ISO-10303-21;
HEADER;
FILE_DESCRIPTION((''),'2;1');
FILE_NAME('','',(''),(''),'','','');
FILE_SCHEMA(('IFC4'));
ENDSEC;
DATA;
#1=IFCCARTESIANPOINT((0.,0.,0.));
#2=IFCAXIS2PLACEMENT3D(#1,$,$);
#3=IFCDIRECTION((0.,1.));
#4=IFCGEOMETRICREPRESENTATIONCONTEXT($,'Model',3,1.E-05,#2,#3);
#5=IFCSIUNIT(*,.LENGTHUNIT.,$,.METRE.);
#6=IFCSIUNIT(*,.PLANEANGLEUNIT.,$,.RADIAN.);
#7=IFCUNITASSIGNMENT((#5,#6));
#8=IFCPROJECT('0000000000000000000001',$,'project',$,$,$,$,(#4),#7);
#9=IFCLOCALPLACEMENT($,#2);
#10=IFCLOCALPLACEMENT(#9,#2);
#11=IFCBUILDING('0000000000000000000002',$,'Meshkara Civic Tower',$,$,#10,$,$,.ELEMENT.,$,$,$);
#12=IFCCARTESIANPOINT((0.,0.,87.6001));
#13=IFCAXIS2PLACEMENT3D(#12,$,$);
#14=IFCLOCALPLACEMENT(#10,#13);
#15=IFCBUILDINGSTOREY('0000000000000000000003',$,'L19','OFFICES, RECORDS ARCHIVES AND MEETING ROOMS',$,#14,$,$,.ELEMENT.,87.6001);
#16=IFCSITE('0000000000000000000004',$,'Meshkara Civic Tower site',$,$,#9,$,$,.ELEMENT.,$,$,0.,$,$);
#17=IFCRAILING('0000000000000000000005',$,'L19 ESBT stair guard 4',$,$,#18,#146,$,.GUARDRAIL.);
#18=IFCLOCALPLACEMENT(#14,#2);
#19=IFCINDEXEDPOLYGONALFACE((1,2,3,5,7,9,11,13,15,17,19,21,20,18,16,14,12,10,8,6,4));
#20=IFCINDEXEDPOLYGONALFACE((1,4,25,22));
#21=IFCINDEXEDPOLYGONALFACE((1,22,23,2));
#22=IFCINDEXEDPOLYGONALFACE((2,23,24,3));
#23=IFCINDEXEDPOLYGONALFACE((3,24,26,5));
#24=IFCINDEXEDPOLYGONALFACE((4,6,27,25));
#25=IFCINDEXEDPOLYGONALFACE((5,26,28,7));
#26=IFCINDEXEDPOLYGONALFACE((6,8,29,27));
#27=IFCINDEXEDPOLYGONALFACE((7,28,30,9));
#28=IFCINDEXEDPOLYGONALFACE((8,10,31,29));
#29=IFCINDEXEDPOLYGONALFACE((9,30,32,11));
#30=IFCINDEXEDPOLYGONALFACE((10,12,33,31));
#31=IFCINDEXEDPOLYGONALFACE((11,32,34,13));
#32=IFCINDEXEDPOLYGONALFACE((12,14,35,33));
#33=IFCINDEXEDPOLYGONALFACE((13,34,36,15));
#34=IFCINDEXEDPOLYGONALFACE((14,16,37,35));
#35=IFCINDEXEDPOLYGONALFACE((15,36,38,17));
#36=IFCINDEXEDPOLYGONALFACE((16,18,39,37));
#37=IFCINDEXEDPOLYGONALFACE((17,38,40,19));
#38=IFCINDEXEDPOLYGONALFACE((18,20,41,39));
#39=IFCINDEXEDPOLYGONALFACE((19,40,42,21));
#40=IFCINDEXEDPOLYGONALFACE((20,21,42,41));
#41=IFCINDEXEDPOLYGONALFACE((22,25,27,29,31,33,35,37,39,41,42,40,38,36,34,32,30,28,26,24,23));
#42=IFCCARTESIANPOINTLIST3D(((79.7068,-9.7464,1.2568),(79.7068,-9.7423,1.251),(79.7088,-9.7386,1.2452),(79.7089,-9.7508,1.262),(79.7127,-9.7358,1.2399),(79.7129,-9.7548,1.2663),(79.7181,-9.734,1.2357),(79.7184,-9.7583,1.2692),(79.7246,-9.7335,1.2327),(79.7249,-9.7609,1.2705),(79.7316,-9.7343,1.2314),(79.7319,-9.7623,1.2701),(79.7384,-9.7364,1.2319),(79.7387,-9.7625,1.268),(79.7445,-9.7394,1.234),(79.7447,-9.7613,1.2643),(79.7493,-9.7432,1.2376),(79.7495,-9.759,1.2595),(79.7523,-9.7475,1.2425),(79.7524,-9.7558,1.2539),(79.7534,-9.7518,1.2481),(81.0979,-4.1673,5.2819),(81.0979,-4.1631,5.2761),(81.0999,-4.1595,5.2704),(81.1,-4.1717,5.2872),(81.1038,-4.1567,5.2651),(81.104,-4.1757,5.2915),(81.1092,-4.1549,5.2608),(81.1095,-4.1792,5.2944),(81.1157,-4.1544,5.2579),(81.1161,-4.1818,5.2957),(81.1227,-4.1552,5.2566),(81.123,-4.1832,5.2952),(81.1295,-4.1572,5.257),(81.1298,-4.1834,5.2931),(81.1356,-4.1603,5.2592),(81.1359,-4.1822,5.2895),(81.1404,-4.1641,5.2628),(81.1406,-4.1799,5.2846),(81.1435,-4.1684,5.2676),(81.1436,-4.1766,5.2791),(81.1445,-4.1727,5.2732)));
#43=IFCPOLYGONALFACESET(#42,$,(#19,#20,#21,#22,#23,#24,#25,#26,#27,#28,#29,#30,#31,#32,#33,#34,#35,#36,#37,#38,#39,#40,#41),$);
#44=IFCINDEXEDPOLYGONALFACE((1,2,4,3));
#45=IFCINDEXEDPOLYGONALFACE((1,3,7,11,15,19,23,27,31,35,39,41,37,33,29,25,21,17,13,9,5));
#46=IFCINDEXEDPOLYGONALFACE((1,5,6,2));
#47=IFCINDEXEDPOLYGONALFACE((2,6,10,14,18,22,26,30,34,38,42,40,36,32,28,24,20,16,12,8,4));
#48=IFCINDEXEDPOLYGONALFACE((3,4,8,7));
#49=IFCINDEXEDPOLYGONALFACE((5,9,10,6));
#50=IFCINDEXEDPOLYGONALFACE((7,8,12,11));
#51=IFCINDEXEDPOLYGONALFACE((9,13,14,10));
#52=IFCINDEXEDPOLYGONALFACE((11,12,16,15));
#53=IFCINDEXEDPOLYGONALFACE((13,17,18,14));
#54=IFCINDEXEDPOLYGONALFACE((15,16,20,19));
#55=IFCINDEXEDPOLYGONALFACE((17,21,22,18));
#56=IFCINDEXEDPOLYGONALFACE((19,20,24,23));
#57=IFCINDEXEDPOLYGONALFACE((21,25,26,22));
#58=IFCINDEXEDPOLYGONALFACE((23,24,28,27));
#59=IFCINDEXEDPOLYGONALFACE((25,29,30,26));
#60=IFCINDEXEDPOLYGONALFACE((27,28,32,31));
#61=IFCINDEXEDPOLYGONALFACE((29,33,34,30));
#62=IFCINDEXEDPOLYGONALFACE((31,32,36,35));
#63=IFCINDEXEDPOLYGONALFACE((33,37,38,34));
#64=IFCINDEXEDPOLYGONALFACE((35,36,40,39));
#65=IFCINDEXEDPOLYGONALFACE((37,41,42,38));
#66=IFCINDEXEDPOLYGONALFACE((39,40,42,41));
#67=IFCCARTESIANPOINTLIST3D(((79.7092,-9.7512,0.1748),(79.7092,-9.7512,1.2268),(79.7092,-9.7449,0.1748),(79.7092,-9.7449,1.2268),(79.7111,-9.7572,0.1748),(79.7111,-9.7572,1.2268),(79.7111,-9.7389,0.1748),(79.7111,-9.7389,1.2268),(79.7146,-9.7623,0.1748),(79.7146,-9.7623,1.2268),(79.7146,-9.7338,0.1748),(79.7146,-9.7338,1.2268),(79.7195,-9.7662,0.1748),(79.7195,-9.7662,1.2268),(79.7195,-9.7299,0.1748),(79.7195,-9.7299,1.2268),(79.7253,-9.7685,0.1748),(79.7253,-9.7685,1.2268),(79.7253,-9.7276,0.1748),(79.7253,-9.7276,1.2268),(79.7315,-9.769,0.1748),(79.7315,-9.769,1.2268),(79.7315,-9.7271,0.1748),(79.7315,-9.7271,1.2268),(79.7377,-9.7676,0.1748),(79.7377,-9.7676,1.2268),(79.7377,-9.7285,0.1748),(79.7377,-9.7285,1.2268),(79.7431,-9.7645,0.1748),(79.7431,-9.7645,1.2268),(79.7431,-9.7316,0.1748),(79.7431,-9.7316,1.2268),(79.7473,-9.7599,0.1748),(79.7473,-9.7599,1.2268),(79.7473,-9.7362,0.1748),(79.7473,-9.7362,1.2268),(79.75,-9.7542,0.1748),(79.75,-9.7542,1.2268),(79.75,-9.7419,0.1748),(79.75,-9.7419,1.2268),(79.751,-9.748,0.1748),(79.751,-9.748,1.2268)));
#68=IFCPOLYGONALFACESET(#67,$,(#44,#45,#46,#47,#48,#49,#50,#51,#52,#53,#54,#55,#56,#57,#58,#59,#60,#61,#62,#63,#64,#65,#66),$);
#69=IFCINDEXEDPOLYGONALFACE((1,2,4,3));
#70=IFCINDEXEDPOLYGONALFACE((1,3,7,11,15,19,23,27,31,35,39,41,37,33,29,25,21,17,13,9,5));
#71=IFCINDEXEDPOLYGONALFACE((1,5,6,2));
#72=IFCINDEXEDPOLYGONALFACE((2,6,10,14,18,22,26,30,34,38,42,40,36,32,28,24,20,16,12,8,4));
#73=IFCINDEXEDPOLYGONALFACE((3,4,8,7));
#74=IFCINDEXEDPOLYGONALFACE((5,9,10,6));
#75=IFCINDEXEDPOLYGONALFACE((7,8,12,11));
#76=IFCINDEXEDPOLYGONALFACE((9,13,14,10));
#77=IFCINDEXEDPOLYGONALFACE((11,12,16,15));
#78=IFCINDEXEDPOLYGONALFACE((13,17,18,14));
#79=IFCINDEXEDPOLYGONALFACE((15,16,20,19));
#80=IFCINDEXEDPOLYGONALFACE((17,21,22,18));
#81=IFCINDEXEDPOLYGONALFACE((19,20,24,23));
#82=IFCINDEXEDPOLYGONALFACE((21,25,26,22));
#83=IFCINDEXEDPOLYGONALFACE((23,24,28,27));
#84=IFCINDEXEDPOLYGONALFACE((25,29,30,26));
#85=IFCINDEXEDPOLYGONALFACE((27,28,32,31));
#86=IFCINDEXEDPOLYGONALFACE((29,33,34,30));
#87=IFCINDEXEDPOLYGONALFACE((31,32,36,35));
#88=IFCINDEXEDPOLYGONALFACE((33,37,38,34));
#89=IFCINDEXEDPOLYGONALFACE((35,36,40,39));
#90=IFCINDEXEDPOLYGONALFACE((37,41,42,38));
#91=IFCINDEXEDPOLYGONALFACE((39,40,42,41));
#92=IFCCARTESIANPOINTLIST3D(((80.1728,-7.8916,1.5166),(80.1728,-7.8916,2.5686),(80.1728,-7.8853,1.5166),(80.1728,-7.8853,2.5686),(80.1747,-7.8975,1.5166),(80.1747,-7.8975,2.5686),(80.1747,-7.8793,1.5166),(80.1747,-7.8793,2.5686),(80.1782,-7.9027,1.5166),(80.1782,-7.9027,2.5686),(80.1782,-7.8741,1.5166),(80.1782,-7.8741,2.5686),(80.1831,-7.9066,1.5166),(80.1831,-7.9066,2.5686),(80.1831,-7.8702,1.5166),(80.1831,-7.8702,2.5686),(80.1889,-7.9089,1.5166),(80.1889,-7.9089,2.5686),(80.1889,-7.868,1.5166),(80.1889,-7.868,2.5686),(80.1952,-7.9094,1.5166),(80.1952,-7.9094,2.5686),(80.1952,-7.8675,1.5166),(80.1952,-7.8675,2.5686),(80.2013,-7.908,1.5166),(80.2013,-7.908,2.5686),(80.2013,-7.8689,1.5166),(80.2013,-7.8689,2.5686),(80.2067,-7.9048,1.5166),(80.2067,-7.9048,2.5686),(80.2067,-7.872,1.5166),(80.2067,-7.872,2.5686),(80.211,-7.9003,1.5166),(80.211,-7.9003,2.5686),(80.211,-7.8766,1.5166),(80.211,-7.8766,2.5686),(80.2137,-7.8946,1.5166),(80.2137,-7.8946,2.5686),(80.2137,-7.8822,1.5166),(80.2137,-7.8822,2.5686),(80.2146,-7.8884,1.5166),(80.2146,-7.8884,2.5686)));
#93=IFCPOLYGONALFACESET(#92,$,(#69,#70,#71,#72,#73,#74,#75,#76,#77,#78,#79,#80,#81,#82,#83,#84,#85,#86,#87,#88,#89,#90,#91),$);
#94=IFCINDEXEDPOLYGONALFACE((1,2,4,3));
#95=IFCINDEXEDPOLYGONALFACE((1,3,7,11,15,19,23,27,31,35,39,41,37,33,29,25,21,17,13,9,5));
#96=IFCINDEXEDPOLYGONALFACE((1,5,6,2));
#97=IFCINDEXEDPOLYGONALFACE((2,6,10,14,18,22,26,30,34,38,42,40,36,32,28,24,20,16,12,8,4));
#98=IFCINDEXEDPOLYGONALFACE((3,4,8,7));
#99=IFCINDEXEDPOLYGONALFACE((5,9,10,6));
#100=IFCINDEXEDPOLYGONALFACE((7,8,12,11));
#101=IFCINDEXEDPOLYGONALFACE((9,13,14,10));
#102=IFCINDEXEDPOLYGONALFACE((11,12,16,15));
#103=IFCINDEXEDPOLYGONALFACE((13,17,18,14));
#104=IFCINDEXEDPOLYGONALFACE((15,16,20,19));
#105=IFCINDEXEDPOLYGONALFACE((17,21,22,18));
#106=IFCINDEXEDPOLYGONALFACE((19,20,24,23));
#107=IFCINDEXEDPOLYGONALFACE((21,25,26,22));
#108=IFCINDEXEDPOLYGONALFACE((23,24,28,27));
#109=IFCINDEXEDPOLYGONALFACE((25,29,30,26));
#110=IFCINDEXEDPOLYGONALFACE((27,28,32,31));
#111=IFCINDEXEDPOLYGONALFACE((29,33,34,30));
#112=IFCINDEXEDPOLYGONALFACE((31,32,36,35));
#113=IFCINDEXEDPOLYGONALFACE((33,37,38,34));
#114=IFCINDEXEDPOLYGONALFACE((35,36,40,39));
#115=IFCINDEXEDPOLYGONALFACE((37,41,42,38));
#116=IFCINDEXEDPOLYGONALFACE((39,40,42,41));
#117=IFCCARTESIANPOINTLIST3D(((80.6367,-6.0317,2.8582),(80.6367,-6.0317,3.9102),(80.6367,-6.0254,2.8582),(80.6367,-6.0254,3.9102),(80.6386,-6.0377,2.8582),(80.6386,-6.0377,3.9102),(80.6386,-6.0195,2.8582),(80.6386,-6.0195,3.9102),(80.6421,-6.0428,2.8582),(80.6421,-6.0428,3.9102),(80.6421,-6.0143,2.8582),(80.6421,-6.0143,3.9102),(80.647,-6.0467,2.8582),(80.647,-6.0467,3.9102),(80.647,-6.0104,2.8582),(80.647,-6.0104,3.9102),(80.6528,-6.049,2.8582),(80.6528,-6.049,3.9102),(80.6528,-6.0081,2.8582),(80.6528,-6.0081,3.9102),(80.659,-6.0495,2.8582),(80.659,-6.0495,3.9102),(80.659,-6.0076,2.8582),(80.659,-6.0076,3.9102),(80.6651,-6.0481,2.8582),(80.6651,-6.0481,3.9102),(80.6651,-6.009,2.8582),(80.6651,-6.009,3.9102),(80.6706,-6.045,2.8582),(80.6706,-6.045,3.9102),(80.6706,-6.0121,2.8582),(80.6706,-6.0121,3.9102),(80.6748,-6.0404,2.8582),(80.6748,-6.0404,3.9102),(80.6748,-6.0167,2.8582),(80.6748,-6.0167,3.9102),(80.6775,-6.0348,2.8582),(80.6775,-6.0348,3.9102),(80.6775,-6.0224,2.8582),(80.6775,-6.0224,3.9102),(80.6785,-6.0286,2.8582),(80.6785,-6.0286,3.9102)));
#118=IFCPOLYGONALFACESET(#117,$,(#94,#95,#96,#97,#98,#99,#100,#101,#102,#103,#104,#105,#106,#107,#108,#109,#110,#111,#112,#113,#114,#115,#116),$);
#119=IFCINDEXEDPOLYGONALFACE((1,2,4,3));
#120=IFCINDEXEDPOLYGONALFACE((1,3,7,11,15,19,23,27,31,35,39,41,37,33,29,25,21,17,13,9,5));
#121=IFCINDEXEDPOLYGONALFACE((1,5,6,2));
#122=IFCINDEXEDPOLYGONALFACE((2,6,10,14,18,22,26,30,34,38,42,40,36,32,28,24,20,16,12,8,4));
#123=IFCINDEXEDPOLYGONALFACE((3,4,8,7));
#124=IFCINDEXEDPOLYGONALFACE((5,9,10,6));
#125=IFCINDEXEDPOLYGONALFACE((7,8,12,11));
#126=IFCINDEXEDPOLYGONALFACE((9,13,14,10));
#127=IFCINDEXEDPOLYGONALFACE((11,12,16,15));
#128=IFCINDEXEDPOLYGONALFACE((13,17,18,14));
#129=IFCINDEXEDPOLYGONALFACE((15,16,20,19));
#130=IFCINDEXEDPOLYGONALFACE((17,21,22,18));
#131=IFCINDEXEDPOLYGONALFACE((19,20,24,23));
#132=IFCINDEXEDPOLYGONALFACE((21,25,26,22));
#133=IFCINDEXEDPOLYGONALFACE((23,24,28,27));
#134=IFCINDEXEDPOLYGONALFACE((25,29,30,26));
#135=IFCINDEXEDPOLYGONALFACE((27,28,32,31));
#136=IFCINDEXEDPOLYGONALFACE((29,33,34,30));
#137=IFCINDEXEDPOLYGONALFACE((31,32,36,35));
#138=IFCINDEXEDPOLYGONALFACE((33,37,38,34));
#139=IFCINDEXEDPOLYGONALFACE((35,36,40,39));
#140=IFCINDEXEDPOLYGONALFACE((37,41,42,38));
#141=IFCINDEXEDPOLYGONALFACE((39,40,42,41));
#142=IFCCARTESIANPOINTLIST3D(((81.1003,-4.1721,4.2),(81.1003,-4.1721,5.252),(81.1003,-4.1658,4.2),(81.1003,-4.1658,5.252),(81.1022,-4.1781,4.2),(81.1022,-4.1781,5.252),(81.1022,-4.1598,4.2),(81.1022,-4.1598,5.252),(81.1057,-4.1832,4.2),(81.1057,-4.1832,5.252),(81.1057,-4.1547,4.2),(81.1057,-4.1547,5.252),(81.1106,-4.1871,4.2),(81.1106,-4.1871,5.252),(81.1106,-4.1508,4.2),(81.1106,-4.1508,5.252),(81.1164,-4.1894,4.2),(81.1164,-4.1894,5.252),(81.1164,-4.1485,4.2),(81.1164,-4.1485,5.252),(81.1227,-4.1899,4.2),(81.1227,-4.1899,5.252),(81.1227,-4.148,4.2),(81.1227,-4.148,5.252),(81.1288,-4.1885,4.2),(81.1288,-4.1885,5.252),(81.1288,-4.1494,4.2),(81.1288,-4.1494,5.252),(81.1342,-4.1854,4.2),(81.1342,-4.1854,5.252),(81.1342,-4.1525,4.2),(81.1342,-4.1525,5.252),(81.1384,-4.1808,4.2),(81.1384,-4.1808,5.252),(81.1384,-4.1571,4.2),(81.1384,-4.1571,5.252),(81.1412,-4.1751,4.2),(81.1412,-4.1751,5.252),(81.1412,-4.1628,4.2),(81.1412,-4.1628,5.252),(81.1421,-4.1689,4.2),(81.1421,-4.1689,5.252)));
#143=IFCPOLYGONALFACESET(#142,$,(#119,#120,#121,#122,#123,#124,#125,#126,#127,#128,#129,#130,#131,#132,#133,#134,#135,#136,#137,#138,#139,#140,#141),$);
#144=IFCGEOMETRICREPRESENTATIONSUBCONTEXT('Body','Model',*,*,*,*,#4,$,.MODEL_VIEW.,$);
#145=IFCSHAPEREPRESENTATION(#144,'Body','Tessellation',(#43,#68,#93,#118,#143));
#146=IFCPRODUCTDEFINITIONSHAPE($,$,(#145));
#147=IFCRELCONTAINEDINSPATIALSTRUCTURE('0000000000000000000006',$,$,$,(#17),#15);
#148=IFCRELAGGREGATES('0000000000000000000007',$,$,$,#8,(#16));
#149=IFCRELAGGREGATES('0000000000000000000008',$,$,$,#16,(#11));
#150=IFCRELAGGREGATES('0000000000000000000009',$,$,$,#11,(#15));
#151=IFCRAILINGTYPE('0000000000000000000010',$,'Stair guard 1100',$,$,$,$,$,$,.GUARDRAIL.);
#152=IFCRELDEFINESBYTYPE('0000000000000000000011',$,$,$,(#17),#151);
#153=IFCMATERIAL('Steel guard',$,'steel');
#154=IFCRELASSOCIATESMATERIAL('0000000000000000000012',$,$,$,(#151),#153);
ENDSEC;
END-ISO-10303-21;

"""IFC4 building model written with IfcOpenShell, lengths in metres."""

from ifc_helpers import new_model, si_unit, direction, frame, origin, origin_2d, place, context, subcontext, project, spatial, circle, extrude, material, type_object, element, save


model = new_model("IFC4")

# Units and contexts
model_context = context("Model", 3, precision=1e-05, world=origin(), true_north=direction((0.0, 1.0)))
body_context = subcontext(model_context, "Body", "Model", "MODEL_VIEW")
ifc_project = project(units=[si_unit("LENGTHUNIT", "METRE"), si_unit("PLANEANGLEUNIT", "RADIAN")], contexts=[model_context])

# Site, building, storey
site_placement = place(None, origin())
site = spatial("IfcSite", under=ifc_project, at=site_placement, Name="Meshkara Civic Tower site", CompositionType="ELEMENT", RefElevation=0.0)
building_placement = place(site_placement, origin())
building = spatial("IfcBuilding", under=site, at=building_placement, Name="Meshkara Civic Tower", CompositionType="ELEMENT")
storey_placement = place(building_placement, frame((0.0, 0.0, 87.6001)))
storey = spatial("IfcBuildingStorey", under=building, at=storey_placement, Name="L19", Description="OFFICES, RECORDS ARCHIVES AND MEETING ROOMS", CompositionType="ELEMENT", Elevation=87.6001)

# Railing
ifc_material_1 = material(Name="Steel guard", Category="steel")
railing_type_1 = type_object("IfcRailingType", Name="Stair guard 1100", PredefinedType="GUARDRAIL", material=ifc_material_1)
railing_1_placement = place(storey_placement, frame((79.73, -9.748, 0.1748)))
element("IfcRailing", 1, at=railing_1_placement, inside=storey, type_object=railing_type_1, Name="L19 ESBT stair guard 4", PredefinedType="GUARDRAIL", context=body_context, shape_type="SweptSolid", body=[
    extrude(circle(Radius=0.0239, at=origin_2d()), frame((0.0, 0.0, 1.0762), z_axis=(0.198199, 0.794881, 0.573482), x_axis=(-0.970292, 0.241936, 0.0)), (0.0, 0.0, 1.0), 7.0188),
    extrude(circle(Radius=0.021, at=origin_2d()), origin(), (0.0, 0.0, 1.0), 1.052),
    extrude(circle(Radius=0.021, at=origin_2d()), frame((0.4636, 1.8596, 1.3418)), (0.0, 0.0, 1.0), 1.052),
    extrude(circle(Radius=0.021, at=origin_2d()), frame((0.9275, 3.7195, 2.6833)), (0.0, 0.0, 1.0), 1.052),
    extrude(circle(Radius=0.021, at=origin_2d()), frame((1.3911, 5.5791, 4.0251)), (0.0, 0.0, 1.0), 1.052),
])

save(model, "model.ifc")
